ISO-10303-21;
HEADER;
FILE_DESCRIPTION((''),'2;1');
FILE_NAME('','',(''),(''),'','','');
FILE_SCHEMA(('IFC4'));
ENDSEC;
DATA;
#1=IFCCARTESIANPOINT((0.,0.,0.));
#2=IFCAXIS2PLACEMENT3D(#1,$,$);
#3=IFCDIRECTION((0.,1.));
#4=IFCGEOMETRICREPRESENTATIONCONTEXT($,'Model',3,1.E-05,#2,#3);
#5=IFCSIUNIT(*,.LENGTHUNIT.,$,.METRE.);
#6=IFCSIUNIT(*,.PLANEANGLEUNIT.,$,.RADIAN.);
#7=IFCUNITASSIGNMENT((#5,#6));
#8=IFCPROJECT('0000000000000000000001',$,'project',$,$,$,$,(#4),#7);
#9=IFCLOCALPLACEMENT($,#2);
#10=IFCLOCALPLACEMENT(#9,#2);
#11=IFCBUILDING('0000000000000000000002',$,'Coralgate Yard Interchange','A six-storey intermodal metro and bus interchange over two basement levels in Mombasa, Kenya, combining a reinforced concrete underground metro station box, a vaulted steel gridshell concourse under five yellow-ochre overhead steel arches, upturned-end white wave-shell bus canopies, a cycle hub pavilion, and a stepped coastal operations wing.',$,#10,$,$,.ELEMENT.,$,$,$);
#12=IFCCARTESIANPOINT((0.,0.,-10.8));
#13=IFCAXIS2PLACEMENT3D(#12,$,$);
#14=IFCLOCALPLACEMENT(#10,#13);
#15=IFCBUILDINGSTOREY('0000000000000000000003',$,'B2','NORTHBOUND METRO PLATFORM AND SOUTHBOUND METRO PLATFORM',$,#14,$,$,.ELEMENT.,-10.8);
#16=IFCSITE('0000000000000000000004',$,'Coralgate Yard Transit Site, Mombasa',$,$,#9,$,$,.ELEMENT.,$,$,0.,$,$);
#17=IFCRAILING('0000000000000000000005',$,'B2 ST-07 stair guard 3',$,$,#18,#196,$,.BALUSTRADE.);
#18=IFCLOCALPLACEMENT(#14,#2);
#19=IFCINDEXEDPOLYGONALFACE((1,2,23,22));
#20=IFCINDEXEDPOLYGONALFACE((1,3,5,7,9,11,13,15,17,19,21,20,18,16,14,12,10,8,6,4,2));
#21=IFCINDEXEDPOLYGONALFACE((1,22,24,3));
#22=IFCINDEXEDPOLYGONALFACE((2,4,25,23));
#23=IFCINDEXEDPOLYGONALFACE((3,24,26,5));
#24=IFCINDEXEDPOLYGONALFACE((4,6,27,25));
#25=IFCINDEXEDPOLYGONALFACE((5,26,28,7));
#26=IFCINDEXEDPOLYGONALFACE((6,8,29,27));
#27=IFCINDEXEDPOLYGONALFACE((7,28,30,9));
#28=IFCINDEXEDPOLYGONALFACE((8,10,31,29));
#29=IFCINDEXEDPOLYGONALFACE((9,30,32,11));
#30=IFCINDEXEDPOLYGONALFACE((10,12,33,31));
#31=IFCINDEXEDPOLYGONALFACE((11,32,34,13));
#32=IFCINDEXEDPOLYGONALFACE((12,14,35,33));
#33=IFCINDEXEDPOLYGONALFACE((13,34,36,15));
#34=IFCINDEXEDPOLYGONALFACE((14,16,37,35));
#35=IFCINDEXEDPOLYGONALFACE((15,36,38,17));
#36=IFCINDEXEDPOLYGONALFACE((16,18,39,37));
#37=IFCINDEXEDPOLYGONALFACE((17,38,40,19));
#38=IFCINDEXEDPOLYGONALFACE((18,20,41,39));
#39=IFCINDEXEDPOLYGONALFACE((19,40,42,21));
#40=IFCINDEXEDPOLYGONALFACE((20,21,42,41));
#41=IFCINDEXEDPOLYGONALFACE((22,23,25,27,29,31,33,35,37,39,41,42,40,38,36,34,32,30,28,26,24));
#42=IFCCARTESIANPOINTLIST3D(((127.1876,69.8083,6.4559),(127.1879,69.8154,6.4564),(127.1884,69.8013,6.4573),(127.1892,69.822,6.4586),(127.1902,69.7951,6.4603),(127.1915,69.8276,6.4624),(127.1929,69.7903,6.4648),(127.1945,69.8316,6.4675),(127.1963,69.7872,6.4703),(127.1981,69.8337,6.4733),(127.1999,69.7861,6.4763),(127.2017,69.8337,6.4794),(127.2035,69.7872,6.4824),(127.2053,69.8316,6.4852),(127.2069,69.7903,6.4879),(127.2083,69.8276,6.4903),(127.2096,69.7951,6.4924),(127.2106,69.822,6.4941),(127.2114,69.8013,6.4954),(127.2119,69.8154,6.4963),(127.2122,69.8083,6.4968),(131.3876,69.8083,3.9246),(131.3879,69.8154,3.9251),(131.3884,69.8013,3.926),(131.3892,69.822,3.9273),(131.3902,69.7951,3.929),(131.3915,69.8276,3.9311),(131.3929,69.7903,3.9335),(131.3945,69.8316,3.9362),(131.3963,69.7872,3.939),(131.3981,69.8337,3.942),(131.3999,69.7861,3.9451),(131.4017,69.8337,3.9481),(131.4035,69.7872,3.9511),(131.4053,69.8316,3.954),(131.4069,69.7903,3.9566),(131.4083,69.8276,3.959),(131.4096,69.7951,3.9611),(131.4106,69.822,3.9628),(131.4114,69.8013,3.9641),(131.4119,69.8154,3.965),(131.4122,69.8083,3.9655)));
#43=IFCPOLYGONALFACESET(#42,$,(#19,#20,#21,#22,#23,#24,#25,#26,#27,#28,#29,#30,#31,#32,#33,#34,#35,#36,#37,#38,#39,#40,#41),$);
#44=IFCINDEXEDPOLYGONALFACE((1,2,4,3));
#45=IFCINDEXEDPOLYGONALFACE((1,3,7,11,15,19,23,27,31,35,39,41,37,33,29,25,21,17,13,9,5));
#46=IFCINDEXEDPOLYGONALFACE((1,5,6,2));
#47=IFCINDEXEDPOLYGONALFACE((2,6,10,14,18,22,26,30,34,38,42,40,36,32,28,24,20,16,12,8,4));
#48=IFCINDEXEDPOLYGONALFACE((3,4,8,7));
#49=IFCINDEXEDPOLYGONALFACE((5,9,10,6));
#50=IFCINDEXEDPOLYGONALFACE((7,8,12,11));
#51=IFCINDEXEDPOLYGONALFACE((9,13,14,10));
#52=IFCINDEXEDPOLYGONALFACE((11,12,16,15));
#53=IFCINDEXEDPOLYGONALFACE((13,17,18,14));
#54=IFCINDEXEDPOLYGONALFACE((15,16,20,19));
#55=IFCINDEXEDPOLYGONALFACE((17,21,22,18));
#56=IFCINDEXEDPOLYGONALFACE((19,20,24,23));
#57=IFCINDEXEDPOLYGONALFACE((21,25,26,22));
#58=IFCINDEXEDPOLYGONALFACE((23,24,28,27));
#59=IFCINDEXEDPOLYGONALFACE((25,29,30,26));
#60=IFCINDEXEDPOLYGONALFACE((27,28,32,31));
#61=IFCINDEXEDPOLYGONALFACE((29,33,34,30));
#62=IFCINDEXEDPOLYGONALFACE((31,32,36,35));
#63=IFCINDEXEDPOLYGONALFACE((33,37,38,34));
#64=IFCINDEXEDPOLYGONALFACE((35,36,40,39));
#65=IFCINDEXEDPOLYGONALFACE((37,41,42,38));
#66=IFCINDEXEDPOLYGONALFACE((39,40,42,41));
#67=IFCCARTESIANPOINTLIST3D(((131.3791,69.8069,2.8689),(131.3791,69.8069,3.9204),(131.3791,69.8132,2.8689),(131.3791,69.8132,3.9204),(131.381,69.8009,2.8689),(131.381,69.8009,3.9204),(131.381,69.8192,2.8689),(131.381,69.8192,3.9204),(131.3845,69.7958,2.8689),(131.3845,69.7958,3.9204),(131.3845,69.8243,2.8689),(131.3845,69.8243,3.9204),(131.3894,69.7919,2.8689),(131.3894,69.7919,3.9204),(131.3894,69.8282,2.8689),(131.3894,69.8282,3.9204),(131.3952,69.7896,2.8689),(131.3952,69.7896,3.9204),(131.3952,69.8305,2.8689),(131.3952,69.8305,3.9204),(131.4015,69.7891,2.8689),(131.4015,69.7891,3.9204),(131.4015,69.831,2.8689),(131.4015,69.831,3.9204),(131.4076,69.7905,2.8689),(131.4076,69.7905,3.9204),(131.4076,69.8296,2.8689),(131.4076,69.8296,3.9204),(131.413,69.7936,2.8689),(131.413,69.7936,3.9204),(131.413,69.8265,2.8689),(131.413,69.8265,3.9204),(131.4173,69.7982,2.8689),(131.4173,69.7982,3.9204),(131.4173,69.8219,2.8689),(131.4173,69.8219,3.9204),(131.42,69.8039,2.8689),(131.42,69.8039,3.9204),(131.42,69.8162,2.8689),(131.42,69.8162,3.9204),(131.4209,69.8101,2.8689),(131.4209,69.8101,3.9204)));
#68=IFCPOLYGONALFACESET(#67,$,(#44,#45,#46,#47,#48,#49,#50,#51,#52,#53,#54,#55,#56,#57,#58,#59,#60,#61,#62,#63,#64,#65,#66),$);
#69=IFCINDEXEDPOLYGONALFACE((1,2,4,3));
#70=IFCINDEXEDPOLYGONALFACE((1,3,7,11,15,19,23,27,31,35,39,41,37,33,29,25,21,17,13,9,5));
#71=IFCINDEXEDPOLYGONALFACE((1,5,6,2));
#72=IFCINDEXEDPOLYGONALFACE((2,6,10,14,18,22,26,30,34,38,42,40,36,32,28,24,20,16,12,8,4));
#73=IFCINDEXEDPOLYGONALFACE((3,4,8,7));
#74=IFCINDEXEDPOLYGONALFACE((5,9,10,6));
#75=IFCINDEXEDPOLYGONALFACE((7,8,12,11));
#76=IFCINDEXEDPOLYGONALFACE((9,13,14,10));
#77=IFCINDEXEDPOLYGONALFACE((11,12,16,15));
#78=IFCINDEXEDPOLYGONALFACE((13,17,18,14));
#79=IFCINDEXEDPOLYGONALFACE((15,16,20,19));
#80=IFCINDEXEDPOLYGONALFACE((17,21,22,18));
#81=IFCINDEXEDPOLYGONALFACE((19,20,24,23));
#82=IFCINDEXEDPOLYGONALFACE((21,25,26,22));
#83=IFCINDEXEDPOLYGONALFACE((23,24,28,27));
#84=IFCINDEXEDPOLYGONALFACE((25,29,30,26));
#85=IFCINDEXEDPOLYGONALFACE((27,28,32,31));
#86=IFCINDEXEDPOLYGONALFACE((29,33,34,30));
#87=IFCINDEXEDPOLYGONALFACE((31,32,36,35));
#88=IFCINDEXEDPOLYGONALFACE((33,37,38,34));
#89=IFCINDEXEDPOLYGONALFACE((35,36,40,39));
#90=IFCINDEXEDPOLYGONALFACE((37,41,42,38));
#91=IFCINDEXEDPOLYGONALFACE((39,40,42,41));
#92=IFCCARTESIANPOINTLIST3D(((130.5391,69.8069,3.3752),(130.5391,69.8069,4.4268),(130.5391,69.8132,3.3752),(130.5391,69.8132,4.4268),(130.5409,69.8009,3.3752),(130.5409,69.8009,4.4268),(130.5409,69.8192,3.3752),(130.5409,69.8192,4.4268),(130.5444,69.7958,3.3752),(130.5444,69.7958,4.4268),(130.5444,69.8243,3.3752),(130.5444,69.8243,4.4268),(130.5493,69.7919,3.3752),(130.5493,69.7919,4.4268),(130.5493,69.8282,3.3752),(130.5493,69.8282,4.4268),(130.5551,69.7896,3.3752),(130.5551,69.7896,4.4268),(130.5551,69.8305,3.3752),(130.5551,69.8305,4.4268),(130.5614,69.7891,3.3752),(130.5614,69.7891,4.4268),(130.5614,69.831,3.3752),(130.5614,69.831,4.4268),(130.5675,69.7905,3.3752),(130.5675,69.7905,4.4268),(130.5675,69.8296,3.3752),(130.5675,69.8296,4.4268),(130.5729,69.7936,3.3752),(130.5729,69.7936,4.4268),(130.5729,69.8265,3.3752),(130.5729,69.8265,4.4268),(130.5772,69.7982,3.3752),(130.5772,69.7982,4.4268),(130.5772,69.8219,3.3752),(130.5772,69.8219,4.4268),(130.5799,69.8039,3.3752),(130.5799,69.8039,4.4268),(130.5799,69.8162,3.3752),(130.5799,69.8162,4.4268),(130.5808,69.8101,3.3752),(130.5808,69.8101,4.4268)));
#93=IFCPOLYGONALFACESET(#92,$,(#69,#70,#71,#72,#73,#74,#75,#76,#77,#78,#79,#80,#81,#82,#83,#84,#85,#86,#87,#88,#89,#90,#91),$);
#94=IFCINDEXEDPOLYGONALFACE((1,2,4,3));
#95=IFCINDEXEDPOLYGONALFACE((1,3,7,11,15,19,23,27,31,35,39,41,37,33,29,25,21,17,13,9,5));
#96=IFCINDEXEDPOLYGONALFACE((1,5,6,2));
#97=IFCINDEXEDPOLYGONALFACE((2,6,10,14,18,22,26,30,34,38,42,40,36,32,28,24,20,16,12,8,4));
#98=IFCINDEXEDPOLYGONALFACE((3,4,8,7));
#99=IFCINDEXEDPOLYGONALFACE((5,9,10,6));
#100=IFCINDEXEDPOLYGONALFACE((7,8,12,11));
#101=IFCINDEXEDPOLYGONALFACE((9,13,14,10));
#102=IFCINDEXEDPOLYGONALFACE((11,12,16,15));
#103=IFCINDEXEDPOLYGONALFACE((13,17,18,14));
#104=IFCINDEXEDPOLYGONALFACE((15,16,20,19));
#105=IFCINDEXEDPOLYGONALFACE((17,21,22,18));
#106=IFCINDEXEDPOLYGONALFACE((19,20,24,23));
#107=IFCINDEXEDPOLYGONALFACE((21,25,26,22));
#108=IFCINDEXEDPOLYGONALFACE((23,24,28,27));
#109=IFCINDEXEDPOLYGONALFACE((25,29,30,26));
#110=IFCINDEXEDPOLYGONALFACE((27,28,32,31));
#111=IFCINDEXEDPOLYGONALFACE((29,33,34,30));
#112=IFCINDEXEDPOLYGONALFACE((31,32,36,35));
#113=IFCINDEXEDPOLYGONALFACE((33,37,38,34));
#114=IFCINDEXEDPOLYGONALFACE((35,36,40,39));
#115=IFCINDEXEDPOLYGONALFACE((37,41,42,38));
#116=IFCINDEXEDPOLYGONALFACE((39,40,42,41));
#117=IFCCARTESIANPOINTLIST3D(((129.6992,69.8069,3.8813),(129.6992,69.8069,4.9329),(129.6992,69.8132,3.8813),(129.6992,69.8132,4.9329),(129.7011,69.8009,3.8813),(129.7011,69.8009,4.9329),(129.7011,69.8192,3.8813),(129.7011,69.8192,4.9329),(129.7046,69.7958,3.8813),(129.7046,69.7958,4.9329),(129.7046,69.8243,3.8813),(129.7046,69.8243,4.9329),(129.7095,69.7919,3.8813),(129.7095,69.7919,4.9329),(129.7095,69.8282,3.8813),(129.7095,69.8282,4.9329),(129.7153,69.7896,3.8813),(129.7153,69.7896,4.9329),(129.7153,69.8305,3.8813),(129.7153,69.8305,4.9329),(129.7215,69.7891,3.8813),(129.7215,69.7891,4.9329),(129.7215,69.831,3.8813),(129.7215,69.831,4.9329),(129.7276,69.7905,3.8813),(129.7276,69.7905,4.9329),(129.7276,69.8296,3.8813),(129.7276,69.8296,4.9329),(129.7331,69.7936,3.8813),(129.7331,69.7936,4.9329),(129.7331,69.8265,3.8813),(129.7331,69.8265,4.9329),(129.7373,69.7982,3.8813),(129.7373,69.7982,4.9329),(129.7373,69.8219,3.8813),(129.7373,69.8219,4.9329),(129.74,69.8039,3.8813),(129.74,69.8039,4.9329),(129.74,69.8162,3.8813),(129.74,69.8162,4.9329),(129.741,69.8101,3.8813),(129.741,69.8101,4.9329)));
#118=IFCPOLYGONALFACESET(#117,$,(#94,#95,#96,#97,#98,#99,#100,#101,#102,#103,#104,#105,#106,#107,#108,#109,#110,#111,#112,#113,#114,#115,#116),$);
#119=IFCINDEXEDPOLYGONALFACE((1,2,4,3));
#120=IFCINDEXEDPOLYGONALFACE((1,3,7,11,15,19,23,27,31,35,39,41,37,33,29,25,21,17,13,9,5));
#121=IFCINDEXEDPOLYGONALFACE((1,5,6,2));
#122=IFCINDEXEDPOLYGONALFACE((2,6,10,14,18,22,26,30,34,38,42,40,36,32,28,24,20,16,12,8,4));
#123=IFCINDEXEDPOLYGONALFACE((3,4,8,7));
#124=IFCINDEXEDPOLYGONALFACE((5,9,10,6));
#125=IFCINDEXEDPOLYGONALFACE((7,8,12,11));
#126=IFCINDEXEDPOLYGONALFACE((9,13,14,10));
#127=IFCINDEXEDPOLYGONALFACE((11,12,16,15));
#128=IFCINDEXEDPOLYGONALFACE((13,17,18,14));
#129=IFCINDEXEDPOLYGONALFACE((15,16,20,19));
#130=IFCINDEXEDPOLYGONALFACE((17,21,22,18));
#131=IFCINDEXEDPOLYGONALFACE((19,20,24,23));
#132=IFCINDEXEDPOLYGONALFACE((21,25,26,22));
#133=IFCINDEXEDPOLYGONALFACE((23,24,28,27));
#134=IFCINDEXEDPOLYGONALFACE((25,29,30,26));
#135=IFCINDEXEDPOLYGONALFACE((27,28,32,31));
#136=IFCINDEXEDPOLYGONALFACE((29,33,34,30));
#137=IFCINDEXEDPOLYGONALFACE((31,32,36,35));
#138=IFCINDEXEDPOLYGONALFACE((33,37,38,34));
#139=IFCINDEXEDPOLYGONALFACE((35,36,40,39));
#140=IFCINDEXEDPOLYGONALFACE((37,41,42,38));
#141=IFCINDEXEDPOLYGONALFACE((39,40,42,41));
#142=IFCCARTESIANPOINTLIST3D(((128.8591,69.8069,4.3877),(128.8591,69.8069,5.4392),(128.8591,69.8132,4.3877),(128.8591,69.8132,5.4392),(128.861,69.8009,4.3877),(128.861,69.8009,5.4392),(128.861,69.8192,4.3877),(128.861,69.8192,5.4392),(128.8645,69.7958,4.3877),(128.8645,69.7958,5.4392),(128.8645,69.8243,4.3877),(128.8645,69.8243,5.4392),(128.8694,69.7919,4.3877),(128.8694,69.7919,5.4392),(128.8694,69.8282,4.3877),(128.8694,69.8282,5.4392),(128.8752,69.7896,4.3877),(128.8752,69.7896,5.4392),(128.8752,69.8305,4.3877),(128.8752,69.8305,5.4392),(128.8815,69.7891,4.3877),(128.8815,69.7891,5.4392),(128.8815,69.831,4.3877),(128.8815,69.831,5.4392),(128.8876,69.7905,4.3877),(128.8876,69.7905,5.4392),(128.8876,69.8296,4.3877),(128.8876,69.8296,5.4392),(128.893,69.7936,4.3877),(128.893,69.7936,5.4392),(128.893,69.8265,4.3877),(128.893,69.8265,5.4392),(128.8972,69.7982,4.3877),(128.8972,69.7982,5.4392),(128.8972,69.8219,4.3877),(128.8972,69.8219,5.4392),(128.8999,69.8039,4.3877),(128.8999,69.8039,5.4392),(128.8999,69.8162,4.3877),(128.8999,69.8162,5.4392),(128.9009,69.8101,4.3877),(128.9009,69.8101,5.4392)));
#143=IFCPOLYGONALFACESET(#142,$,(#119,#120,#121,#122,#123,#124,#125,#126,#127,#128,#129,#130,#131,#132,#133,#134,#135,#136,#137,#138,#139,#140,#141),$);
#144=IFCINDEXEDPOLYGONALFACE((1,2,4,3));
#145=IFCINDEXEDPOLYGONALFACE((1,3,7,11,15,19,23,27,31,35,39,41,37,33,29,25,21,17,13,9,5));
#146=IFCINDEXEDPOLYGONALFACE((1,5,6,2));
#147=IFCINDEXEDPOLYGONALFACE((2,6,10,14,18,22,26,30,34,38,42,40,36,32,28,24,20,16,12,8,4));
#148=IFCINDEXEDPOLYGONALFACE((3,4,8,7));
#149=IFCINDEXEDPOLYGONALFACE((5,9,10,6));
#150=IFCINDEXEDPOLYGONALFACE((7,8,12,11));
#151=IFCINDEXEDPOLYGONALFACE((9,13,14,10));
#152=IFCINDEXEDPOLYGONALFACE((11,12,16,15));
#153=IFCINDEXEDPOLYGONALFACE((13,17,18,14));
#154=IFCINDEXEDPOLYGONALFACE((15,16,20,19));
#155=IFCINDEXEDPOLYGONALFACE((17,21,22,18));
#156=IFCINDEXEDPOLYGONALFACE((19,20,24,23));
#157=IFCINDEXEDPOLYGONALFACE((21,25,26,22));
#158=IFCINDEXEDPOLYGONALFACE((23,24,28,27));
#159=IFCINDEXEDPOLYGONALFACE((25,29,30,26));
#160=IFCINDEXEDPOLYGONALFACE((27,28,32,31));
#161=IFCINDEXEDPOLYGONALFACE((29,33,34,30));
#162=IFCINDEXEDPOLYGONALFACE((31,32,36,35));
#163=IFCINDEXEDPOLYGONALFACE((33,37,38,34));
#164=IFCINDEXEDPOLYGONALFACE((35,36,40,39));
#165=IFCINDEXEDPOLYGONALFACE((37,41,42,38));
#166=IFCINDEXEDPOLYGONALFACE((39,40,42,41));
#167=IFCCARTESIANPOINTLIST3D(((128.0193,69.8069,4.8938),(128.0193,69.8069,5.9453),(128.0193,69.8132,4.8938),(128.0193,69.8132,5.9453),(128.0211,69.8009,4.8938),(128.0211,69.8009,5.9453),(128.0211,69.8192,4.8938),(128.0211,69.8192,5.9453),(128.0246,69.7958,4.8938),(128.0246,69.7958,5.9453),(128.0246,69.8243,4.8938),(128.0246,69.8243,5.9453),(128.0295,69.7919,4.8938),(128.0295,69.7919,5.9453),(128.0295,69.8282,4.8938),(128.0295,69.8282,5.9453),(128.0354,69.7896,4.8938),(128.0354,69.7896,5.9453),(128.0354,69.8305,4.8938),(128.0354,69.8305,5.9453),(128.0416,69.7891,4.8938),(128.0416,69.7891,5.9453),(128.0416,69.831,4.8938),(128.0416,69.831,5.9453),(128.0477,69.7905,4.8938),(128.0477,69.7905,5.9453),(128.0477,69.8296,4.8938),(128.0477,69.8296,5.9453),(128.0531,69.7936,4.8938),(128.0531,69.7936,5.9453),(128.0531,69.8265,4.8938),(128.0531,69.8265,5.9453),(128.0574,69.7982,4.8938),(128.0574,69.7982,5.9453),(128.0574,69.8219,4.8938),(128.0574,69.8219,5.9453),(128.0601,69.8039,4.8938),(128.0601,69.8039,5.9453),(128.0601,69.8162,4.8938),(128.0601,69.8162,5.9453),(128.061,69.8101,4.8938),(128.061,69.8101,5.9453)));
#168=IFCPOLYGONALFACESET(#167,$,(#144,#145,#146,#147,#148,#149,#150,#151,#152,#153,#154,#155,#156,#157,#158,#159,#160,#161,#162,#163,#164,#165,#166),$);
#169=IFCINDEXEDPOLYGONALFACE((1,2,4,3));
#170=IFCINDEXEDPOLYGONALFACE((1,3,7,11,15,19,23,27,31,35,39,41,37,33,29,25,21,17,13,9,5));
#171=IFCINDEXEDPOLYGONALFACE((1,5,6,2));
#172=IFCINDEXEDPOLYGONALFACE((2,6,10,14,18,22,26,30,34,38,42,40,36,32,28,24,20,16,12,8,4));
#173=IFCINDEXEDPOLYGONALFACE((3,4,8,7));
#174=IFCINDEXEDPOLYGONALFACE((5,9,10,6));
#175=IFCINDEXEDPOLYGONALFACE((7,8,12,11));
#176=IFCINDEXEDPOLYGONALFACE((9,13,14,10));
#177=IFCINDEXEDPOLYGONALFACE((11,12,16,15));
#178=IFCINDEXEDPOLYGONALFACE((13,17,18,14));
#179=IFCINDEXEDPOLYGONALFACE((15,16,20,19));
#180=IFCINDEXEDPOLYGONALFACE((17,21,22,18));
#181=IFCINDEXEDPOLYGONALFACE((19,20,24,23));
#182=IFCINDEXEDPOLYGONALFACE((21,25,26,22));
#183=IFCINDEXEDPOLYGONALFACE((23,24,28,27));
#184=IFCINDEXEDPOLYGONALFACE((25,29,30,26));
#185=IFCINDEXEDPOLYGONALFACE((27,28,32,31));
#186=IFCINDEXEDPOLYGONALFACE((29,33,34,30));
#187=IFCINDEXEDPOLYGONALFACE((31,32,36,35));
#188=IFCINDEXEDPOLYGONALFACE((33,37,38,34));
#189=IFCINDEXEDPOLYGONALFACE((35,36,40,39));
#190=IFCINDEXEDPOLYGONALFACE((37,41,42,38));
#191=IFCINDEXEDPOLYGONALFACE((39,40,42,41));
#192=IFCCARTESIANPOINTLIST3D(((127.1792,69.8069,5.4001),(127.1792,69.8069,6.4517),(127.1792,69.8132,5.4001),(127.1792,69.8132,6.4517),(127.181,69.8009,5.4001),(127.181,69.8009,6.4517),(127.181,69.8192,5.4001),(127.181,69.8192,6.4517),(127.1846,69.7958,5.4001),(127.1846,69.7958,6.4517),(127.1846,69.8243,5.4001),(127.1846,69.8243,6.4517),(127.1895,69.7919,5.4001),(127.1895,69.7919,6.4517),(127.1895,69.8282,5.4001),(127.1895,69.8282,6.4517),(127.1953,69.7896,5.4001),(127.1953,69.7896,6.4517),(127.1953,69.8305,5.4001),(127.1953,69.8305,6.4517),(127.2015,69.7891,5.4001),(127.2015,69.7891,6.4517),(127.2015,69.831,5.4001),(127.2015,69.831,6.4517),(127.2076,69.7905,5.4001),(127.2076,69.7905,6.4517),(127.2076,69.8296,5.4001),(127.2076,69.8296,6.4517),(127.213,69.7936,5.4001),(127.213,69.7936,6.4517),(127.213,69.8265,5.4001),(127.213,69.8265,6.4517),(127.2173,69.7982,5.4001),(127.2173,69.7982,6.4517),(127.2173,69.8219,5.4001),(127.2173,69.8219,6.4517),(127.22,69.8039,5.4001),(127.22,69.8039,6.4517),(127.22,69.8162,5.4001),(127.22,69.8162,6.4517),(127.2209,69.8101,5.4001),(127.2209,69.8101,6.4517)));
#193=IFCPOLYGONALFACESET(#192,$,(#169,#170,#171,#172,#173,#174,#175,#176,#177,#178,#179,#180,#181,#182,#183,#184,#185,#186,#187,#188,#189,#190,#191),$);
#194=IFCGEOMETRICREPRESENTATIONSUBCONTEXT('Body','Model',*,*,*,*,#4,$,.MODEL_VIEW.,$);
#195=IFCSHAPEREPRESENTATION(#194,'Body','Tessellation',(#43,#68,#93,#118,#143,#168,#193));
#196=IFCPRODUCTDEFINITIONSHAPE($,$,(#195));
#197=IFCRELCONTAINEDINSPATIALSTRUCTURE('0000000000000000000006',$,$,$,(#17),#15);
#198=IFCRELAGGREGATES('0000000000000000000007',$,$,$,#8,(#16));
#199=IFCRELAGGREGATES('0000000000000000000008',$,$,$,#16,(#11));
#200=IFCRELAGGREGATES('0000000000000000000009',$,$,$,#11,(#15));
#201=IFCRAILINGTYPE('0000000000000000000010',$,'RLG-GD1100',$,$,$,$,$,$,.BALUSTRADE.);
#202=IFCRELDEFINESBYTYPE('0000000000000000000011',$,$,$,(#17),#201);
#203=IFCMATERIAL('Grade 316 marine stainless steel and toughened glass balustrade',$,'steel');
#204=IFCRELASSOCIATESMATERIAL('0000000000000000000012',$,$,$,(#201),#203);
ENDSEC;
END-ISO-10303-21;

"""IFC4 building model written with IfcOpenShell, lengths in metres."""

from ifc_helpers import new_model, si_unit, direction, frame, origin, origin_2d, place, context, subcontext, project, spatial, circle, extrude, material, type_object, element, save


model = new_model("IFC4")

# Units and contexts
model_context = context("Model", 3, precision=1e-05, world=origin(), true_north=direction((0.0, 1.0)))
body_context = subcontext(model_context, "Body", "Model", "MODEL_VIEW")
ifc_project = project(units=[si_unit("LENGTHUNIT", "METRE"), si_unit("PLANEANGLEUNIT", "RADIAN")], contexts=[model_context])

# Site, building, storey
site_placement = place(None, origin())
site = spatial("IfcSite", under=ifc_project, at=site_placement, Name="Coralgate Yard Transit Site, Mombasa", CompositionType="ELEMENT", RefElevation=0.0)
building_placement = place(site_placement, origin())
building = spatial("IfcBuilding", under=site, at=building_placement, Name="Coralgate Yard Interchange", Description="A six-storey intermodal metro and bus interchange over two basement levels in Mombasa, Kenya, combining a reinforced concrete underground metro station box, a vaulted steel gridshell concourse under five yellow-ochre overhead steel arches, upturned-end white wave-shell bus canopies, a cycle hub pavilion, and a stepped coastal operations wing.", CompositionType="ELEMENT")
storey_placement = place(building_placement, frame((0.0, 0.0, -10.8)))
storey = spatial("IfcBuildingStorey", under=building, at=storey_placement, Name="B2", Description="NORTHBOUND METRO PLATFORM AND SOUTHBOUND METRO PLATFORM", CompositionType="ELEMENT", Elevation=-10.8)

# Railing
ifc_material_1 = material(Name="Grade 316 marine stainless steel and toughened glass balustrade", Category="steel")
railing_type_1 = type_object("IfcRailingType", Name="RLG-GD1100", PredefinedType="BALUSTRADE", material=ifc_material_1)
railing_1_placement = place(storey_placement, frame((131.3999, 69.8101, 2.8689)))
element("IfcRailing", 1, at=railing_1_placement, inside=storey, type_object=railing_type_1, Name="B2 ST-07 stair guard 3", PredefinedType="BALUSTRADE", context=body_context, shape_type="SweptSolid", body=[
    extrude(circle(Radius=0.0239, at=origin_2d()), frame((0.0, 0.0, 1.0762), z_axis=(-0.856476, 0.0, 0.516186), x_axis=(0.0, -1.0, 0.0)), (0.0, 0.0, 1.0), 4.9038),
    extrude(circle(Radius=0.021, at=origin_2d()), origin(), (0.0, 0.0, 1.0), 1.0515),
    extrude(circle(Radius=0.021, at=origin_2d()), frame((-0.8401, 0.0, 0.5063)), (0.0, 0.0, 1.0), 1.0515),
    extrude(circle(Radius=0.021, at=origin_2d()), frame((-1.6799, 0.0, 1.0125)), (0.0, 0.0, 1.0), 1.0515),
    extrude(circle(Radius=0.021, at=origin_2d()), frame((-2.52, 0.0, 1.5188)), (0.0, 0.0, 1.0), 1.0515),
    extrude(circle(Radius=0.021, at=origin_2d()), frame((-3.3599, 0.0, 2.0249)), (0.0, 0.0, 1.0), 1.0515),
    extrude(circle(Radius=0.021, at=origin_2d()), frame((-4.2, 0.0, 2.5312)), (0.0, 0.0, 1.0), 1.0515),
])

save(model, "model.ifc")
